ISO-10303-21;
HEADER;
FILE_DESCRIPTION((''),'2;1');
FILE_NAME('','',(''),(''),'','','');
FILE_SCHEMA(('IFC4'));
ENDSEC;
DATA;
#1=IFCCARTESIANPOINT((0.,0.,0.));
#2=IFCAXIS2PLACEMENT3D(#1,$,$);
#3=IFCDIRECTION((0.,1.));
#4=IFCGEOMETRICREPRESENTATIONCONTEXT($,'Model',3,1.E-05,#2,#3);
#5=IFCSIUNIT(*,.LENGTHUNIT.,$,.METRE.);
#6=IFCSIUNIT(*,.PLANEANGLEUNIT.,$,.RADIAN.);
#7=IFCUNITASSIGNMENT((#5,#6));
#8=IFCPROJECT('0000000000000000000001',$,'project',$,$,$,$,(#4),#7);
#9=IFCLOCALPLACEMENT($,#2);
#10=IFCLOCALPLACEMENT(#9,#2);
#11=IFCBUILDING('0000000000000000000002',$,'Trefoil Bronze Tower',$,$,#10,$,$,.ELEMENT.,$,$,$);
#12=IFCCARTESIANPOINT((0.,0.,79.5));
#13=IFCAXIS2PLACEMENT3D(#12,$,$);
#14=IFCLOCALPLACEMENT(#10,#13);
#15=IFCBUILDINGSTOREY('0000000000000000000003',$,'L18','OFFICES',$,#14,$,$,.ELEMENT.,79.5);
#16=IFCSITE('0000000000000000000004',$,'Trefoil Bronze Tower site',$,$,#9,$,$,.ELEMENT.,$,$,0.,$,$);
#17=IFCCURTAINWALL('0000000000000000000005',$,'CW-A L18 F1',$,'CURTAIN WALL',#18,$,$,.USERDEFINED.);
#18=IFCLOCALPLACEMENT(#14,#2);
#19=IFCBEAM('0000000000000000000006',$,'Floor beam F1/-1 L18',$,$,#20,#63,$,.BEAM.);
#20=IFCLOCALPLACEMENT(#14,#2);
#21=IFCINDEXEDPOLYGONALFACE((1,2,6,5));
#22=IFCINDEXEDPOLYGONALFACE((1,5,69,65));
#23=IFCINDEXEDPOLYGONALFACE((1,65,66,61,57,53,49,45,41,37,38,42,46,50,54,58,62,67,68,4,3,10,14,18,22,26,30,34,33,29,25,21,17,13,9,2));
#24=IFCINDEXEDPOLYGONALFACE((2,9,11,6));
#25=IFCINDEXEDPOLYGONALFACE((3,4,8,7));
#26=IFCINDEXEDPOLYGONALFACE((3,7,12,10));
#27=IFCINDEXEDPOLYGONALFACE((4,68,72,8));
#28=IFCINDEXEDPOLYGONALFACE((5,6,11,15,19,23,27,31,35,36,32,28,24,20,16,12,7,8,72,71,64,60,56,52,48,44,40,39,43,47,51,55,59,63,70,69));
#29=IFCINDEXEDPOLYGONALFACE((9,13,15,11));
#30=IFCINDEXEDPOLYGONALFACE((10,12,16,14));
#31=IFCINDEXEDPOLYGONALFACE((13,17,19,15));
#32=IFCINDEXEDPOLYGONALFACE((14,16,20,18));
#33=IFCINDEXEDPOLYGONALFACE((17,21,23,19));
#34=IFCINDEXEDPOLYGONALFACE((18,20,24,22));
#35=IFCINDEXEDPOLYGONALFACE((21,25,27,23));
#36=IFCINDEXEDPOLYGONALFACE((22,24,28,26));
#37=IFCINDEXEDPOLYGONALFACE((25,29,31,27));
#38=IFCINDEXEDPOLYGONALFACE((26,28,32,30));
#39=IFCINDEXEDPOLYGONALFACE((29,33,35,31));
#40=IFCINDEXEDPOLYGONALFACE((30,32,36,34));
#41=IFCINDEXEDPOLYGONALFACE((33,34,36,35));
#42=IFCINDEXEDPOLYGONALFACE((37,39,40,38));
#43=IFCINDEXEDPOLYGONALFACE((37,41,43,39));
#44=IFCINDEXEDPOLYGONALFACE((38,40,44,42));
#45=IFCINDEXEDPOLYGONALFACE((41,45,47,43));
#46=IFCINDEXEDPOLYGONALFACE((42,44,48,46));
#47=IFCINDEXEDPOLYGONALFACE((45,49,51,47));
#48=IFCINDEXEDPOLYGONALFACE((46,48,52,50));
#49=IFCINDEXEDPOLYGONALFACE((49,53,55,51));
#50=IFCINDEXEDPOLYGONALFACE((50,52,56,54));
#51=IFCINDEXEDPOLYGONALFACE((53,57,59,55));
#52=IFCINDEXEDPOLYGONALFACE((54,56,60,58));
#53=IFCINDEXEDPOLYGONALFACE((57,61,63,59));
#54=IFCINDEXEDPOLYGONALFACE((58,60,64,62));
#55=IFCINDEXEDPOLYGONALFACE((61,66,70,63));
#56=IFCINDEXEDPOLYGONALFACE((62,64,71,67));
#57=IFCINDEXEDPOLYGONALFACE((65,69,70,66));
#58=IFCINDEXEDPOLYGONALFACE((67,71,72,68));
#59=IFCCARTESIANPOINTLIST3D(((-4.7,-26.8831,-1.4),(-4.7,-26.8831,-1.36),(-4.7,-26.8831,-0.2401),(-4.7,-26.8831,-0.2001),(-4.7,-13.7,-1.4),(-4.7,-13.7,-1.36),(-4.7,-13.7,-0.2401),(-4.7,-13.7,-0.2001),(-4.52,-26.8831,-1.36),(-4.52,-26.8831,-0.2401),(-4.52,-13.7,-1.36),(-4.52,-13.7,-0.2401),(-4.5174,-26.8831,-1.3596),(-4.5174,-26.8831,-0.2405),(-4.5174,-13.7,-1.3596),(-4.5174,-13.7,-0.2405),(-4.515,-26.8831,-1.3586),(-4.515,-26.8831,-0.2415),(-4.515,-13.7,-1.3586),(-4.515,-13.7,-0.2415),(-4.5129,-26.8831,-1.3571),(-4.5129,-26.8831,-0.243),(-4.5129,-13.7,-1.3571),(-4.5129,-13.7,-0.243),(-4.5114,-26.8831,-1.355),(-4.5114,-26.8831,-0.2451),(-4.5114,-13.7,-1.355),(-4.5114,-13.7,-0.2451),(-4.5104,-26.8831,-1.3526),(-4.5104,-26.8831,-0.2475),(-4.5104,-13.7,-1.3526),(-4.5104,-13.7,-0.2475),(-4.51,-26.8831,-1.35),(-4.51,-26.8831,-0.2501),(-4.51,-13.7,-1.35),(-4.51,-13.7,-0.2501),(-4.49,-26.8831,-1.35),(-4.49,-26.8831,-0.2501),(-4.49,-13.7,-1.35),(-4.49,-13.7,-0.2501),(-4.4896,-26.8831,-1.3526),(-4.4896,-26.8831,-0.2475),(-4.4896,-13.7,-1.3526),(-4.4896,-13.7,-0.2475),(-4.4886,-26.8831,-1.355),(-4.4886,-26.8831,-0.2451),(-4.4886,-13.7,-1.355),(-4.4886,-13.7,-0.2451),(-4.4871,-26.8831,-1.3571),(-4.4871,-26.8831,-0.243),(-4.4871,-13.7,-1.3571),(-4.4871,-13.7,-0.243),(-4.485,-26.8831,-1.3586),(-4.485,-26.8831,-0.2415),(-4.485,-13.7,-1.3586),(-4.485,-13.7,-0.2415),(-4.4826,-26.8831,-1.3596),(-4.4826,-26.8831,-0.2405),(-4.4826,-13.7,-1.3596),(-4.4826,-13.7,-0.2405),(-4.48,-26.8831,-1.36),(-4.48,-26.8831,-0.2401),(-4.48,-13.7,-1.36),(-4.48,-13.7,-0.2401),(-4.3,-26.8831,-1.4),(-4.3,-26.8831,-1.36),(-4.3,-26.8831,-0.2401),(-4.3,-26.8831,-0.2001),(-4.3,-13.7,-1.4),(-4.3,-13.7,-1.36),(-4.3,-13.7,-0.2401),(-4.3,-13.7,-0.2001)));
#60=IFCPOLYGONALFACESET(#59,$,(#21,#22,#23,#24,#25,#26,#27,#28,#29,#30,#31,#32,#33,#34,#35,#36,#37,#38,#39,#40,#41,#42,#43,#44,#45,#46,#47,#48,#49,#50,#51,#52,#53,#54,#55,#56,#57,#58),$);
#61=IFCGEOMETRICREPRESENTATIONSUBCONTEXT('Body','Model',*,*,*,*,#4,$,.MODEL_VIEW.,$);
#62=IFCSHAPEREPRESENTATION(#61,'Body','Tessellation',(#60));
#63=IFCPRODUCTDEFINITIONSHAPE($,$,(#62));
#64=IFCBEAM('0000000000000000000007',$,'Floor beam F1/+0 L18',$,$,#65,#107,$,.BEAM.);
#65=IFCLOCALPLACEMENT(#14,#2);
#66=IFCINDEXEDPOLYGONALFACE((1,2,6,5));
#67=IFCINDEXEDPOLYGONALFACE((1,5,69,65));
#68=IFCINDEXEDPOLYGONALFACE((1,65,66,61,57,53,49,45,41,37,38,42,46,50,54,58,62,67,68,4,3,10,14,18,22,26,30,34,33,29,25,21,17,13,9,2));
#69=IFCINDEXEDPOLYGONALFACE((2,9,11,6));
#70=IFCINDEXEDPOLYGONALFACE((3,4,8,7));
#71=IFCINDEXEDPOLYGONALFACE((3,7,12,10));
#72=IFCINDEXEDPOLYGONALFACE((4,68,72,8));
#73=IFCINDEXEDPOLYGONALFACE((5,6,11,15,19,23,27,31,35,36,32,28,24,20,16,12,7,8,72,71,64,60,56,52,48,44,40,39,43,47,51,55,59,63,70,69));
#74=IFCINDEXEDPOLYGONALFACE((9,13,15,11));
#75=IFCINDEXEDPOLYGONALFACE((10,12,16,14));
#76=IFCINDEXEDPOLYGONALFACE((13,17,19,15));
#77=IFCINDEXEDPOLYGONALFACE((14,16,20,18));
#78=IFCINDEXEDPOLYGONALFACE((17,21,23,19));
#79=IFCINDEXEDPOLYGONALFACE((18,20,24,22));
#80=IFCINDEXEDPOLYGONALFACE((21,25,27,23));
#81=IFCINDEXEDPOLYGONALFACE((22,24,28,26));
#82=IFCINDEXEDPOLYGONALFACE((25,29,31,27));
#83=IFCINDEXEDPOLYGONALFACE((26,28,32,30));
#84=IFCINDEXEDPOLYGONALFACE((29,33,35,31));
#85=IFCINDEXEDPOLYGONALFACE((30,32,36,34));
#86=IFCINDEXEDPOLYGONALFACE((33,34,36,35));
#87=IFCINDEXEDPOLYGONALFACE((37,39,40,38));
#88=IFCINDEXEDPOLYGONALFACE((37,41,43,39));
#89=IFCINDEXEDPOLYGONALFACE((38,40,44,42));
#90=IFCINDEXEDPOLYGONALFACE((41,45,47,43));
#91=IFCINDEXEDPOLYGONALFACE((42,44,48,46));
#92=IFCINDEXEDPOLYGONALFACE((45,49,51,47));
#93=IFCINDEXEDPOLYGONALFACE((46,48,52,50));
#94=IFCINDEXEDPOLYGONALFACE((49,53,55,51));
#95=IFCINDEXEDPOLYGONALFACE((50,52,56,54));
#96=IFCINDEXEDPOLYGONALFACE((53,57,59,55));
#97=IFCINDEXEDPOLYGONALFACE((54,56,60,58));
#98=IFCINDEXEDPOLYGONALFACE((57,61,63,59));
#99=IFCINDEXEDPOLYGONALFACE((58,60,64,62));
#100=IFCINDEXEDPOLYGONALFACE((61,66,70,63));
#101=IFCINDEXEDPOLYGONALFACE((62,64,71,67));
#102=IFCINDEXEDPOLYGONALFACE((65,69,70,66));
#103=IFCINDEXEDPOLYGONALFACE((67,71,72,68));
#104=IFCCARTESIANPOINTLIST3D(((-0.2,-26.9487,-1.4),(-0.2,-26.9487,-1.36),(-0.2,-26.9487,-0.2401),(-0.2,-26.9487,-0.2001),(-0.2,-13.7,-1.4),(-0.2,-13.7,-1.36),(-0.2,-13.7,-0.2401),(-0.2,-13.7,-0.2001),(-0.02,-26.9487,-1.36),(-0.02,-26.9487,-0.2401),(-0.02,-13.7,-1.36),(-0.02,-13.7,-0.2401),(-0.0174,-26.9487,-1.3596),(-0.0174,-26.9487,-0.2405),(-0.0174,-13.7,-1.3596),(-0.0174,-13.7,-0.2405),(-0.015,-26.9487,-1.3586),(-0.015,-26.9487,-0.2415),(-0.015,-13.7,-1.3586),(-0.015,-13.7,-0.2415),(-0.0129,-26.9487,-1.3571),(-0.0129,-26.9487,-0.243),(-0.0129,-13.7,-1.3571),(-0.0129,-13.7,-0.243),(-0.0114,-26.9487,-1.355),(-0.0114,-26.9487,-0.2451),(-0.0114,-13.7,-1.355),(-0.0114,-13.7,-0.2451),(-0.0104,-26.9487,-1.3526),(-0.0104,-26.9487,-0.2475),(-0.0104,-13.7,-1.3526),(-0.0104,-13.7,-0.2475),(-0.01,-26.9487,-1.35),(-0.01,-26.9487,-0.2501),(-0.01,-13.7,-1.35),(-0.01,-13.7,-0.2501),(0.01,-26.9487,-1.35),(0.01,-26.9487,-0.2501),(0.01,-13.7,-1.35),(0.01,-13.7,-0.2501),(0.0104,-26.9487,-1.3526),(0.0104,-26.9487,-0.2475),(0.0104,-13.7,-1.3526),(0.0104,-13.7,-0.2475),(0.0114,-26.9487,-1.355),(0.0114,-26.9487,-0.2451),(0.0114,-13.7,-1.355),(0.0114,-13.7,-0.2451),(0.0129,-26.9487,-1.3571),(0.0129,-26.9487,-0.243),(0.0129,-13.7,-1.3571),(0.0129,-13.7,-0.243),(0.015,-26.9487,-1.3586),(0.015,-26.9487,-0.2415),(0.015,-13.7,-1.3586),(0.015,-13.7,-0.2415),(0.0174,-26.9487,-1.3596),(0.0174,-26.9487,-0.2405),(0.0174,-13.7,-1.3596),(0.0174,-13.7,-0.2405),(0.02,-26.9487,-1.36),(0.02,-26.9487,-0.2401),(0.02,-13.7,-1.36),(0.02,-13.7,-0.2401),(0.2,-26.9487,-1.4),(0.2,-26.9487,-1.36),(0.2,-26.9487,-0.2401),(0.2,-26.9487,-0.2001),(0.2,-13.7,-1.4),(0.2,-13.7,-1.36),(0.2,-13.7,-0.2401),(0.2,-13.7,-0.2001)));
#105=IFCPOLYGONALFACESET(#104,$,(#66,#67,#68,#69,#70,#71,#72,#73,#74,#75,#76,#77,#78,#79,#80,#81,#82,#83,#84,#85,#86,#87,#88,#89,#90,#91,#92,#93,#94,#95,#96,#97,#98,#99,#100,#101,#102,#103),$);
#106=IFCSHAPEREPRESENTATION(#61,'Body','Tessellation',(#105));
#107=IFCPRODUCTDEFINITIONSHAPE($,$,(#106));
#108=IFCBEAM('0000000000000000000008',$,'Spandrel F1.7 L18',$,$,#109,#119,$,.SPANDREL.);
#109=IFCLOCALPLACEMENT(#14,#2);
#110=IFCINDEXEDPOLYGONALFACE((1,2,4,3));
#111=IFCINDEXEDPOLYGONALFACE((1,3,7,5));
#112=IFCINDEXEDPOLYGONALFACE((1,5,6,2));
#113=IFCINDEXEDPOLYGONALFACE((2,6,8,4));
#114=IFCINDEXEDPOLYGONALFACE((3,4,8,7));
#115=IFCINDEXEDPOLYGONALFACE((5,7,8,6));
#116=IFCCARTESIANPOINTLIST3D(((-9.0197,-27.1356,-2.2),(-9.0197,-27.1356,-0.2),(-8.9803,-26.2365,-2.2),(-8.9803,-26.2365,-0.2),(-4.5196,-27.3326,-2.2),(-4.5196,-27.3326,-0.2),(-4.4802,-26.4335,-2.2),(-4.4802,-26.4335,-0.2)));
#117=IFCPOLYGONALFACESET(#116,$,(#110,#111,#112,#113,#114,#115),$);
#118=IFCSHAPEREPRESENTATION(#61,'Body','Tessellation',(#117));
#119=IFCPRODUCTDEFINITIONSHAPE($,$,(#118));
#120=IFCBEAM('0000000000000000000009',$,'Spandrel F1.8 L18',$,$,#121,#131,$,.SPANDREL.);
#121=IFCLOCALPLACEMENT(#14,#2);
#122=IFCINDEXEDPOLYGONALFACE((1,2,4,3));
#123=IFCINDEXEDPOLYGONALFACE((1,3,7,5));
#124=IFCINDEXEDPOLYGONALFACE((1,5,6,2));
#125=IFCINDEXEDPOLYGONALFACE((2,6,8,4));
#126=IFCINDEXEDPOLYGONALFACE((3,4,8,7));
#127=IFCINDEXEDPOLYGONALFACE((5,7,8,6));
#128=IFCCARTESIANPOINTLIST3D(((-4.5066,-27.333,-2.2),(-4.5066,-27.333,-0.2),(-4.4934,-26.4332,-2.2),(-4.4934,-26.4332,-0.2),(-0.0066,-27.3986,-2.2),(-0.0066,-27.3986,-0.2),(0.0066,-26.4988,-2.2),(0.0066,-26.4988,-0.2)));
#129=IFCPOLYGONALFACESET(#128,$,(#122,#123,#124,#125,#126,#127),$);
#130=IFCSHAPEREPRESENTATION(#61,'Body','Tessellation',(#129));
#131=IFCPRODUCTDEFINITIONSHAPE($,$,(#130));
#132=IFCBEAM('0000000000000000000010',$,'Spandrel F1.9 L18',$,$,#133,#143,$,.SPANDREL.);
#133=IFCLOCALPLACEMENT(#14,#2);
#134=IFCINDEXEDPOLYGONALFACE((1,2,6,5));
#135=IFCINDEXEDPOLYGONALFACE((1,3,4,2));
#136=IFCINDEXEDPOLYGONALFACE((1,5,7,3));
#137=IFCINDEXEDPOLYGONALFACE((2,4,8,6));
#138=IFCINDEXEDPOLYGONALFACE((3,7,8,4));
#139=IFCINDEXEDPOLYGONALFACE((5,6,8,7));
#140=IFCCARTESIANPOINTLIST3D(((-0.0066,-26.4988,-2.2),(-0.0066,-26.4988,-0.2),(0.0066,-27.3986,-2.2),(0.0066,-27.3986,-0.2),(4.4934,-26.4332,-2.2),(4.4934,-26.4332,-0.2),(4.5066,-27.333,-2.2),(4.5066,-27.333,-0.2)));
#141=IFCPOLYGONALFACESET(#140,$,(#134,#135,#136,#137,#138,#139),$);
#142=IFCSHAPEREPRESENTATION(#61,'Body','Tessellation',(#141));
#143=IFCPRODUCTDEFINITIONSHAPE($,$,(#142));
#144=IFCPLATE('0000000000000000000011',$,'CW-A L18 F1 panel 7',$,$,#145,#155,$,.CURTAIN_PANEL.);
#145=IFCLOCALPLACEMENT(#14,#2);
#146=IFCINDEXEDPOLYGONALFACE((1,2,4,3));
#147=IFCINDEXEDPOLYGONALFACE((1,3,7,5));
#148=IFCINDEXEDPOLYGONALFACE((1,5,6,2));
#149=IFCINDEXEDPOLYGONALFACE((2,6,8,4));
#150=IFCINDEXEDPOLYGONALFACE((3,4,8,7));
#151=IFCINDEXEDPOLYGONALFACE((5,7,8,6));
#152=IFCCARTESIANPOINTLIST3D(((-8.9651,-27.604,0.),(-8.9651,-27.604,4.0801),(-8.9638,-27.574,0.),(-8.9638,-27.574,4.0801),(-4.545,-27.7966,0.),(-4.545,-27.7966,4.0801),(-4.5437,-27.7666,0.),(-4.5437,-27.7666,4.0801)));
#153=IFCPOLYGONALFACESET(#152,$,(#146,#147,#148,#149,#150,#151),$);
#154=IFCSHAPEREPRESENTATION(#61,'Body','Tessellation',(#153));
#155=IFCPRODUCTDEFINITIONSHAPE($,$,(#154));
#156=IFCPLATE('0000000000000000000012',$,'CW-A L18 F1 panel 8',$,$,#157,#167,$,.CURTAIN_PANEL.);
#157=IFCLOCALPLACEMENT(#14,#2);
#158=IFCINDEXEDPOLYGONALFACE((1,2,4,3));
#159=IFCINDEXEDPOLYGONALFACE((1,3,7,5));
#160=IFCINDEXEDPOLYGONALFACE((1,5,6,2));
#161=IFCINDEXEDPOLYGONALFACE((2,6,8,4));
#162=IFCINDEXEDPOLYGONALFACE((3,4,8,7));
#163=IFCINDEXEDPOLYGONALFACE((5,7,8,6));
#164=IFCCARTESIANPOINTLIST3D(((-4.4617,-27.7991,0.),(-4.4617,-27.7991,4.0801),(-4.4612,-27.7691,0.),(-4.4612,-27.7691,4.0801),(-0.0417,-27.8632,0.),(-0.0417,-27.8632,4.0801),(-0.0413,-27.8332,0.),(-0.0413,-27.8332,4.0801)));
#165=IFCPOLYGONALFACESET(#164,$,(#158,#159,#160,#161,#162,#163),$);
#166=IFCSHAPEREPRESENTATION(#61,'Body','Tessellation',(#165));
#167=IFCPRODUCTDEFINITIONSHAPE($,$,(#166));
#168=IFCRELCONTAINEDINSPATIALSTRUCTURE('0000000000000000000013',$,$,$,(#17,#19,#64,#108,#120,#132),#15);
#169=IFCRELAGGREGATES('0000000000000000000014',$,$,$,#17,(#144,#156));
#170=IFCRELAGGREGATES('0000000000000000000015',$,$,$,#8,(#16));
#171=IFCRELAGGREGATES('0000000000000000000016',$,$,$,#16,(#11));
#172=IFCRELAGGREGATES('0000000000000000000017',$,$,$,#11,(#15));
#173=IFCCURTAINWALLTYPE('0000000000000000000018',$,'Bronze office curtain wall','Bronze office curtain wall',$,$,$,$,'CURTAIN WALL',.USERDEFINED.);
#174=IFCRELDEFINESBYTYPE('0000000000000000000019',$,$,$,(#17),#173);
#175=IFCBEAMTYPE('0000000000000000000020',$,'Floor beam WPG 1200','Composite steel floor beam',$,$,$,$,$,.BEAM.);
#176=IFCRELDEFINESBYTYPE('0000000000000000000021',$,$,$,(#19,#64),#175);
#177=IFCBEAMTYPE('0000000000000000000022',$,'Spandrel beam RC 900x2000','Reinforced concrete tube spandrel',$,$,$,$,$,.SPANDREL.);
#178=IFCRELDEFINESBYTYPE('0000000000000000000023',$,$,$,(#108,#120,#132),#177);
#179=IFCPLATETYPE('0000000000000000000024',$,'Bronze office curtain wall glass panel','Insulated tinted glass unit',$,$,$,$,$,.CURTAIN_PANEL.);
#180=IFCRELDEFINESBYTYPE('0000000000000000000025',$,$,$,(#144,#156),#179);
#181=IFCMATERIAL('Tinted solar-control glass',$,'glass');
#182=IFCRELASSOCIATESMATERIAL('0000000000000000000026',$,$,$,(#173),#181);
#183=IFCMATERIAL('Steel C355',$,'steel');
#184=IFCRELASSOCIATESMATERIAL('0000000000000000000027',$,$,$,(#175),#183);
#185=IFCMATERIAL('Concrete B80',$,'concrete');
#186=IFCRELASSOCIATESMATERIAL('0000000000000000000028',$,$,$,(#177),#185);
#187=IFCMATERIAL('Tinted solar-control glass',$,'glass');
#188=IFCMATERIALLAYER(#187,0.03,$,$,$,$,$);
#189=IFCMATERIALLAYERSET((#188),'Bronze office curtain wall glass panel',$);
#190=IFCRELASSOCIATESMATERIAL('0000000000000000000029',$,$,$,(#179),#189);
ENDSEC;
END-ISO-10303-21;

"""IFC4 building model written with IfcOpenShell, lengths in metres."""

from ifc_helpers import new_model, si_unit, direction, frame, origin, origin_2d, place, context, subcontext, project, spatial, rectangle, i_section, extrude, material, layer, layer_set, material_profile, profile_set, type_object, element, aggregate, save


model = new_model("IFC4")

# Units and contexts
model_context = context("Model", 3, precision=1e-05, world=origin(), true_north=direction((0.0, 1.0)))
body_context = subcontext(model_context, "Body", "Model", "MODEL_VIEW")
ifc_project = project(units=[si_unit("LENGTHUNIT", "METRE"), si_unit("PLANEANGLEUNIT", "RADIAN")], contexts=[model_context])

# Site, building, storey
site_placement = place(None, origin())
site = spatial("IfcSite", under=ifc_project, at=site_placement, Name="Trefoil Bronze Tower site", CompositionType="ELEMENT", RefElevation=0.0)
building_placement = place(site_placement, origin())
building = spatial("IfcBuilding", under=site, at=building_placement, Name="Trefoil Bronze Tower", CompositionType="ELEMENT")
storey_placement = place(building_placement, frame((0.0, 0.0, 79.5)))
storey = spatial("IfcBuildingStorey", under=building, at=storey_placement, Name="L18", Description="OFFICES", CompositionType="ELEMENT", Elevation=79.5)

# Curtain wall
ifc_material_1 = material(Name="Tinted solar-control glass", Category="glass")
curtain_wall_type = type_object("IfcCurtainWallType", Name="Bronze office curtain wall", Description="Bronze office curtain wall", ElementType="CURTAIN WALL", PredefinedType="USERDEFINED", material=ifc_material_1)
curtain_wall_placement = place(storey_placement, origin())
curtain_wall = element("IfcCurtainWall", 1, at=curtain_wall_placement, inside=storey, type_object=curtain_wall_type, Name="CW-A L18 F1", ObjectType="CURTAIN WALL", PredefinedType="USERDEFINED")

# Beams
ifc_material_2 = material(Name="Steel C355", Category="steel")
ifc_material_profile_1 = material_profile(ifc_material_2, i_section(OverallWidth=0.3999, OverallDepth=1.2, WebThickness=0.02, FlangeThickness=0.04, FilletRadius=0.01, at=origin_2d()), Name="WPG 1200")
ifc_profile_set_1 = profile_set([ifc_material_profile_1], Name="Steel C355")
beam_type_1 = type_object("IfcBeamType", Name="Floor beam WPG 1200", Description="Composite steel floor beam", PredefinedType="BEAM", material=ifc_profile_set_1)
beam_1_placement = place(storey_placement, frame((-4.5, -26.8831, -0.8), z_axis=(0.0, 1.0, 0.0), x_axis=(-1.0, 0.0, 0.0)))
element("IfcBeam", 2, at=beam_1_placement, inside=storey, type_object=beam_type_1, Name="Floor beam F1/-1 L18", PredefinedType="BEAM", context=body_context, shape_type="SweptSolid", body=[
    extrude(i_section(OverallWidth=0.3999, OverallDepth=1.2, WebThickness=0.02, FlangeThickness=0.04, FilletRadius=0.01, at=origin_2d()), origin(), (0.0, 0.0, 1.0), 13.1831),
])
beam_2_placement = place(storey_placement, frame((0.0, -26.9487, -0.8), z_axis=(0.0, 1.0, 0.0), x_axis=(-1.0, 0.0, 0.0)))
element("IfcBeam", 3, at=beam_2_placement, inside=storey, type_object=beam_type_1, Name="Floor beam F1/+0 L18", PredefinedType="BEAM", context=body_context, shape_type="SweptSolid", body=[
    extrude(i_section(OverallWidth=0.3999, OverallDepth=1.2, WebThickness=0.02, FlangeThickness=0.04, FilletRadius=0.01, at=origin_2d()), origin(), (0.0, 0.0, 1.0), 13.2488),
])
ifc_material_3 = material(Name="Concrete B80", Category="concrete")
ifc_material_profile_2 = material_profile(ifc_material_3, rectangle(XDim=0.8999, YDim=2.0, at=origin_2d()), Name="RC 900x2000")
ifc_profile_set_2 = profile_set([ifc_material_profile_2], Name="Concrete B80")
beam_type_2 = type_object("IfcBeamType", Name="Spandrel beam RC 900x2000", Description="Reinforced concrete tube spandrel", PredefinedType="SPANDREL", material=ifc_profile_set_2)
beam_3_placement = place(storey_placement, frame((-9.0, -26.686, -1.2), z_axis=(0.999043, -0.043741, 0.0), x_axis=(0.043741, 0.999043, 0.0)))
element("IfcBeam", 4, at=beam_3_placement, inside=storey, type_object=beam_type_2, Name="Spandrel F1.7 L18", PredefinedType="SPANDREL", context=body_context, shape_type="SweptSolid", body=[
    extrude(rectangle(XDim=0.8999, YDim=2.0, at=origin_2d()), origin(), (0.0, 0.0, 1.0), 4.5044),
])
for number, where, z_axis, x_axis, name in (
    (5, (-4.5, -26.8831, -1.2), (0.999894, -0.014593, 0.0), (0.014593, 0.999894, 0.0), "Spandrel F1.8 L18"),
    (6, (0.0, -26.9487, -1.2), (0.999894, 0.014593, 0.0), (-0.014593, 0.999894, 0.0), "Spandrel F1.9 L18"),
):
    element("IfcBeam", number, at=place(storey_placement, frame(where, z_axis=z_axis, x_axis=x_axis)), inside=storey, type_object=beam_type_2, Name=name, PredefinedType="SPANDREL", context=body_context, shape_type="SweptSolid", body=[
        extrude(rectangle(XDim=0.8999, YDim=2.0, at=origin_2d()), origin(), (0.0, 0.0, 1.0), 4.5005),
    ])

# Plates
ifc_material_4 = material(Name="Tinted solar-control glass", Category="glass")
ifc_layer_1 = layer(ifc_material_4, 0.03)
ifc_layer_set_1 = layer_set([ifc_layer_1], Name="Bronze office curtain wall glass panel")
plate_type = type_object("IfcPlateType", Name="Bronze office curtain wall glass panel", Description="Insulated tinted glass unit", PredefinedType="CURTAIN_PANEL", material=ifc_layer_set_1)
plate_1_placement = place(storey_placement, frame((-6.7544, -27.6853, 0.0), z_axis=(0.0, 0.0, 1.0), x_axis=(0.999052, -0.043528, 0.0)))
plate_1 = element("IfcPlate", 7, at=plate_1_placement, type_object=plate_type, Name="CW-A L18 F1 panel 7", PredefinedType="CURTAIN_PANEL", context=body_context, shape_type="SweptSolid", body=[
    extrude(rectangle(XDim=4.4243, YDim=0.03, at=origin_2d()), origin(), (0.0, 0.0, 1.0), 4.0801),
])
plate_2_placement = place(storey_placement, frame((-2.2515, -27.8162, 0.0), z_axis=(0.0, 0.0, 1.0), x_axis=(0.999895, -0.014509, 0.0)))
plate_2 = element("IfcPlate", 8, at=plate_2_placement, type_object=plate_type, Name="CW-A L18 F1 panel 8", PredefinedType="CURTAIN_PANEL", context=body_context, shape_type="SweptSolid", body=[
    extrude(rectangle(XDim=4.4204, YDim=0.03, at=origin_2d()), origin(), (0.0, 0.0, 1.0), 4.0801),
])
aggregate(curtain_wall, [plate_1, plate_2])

save(model, "model.ifc")
